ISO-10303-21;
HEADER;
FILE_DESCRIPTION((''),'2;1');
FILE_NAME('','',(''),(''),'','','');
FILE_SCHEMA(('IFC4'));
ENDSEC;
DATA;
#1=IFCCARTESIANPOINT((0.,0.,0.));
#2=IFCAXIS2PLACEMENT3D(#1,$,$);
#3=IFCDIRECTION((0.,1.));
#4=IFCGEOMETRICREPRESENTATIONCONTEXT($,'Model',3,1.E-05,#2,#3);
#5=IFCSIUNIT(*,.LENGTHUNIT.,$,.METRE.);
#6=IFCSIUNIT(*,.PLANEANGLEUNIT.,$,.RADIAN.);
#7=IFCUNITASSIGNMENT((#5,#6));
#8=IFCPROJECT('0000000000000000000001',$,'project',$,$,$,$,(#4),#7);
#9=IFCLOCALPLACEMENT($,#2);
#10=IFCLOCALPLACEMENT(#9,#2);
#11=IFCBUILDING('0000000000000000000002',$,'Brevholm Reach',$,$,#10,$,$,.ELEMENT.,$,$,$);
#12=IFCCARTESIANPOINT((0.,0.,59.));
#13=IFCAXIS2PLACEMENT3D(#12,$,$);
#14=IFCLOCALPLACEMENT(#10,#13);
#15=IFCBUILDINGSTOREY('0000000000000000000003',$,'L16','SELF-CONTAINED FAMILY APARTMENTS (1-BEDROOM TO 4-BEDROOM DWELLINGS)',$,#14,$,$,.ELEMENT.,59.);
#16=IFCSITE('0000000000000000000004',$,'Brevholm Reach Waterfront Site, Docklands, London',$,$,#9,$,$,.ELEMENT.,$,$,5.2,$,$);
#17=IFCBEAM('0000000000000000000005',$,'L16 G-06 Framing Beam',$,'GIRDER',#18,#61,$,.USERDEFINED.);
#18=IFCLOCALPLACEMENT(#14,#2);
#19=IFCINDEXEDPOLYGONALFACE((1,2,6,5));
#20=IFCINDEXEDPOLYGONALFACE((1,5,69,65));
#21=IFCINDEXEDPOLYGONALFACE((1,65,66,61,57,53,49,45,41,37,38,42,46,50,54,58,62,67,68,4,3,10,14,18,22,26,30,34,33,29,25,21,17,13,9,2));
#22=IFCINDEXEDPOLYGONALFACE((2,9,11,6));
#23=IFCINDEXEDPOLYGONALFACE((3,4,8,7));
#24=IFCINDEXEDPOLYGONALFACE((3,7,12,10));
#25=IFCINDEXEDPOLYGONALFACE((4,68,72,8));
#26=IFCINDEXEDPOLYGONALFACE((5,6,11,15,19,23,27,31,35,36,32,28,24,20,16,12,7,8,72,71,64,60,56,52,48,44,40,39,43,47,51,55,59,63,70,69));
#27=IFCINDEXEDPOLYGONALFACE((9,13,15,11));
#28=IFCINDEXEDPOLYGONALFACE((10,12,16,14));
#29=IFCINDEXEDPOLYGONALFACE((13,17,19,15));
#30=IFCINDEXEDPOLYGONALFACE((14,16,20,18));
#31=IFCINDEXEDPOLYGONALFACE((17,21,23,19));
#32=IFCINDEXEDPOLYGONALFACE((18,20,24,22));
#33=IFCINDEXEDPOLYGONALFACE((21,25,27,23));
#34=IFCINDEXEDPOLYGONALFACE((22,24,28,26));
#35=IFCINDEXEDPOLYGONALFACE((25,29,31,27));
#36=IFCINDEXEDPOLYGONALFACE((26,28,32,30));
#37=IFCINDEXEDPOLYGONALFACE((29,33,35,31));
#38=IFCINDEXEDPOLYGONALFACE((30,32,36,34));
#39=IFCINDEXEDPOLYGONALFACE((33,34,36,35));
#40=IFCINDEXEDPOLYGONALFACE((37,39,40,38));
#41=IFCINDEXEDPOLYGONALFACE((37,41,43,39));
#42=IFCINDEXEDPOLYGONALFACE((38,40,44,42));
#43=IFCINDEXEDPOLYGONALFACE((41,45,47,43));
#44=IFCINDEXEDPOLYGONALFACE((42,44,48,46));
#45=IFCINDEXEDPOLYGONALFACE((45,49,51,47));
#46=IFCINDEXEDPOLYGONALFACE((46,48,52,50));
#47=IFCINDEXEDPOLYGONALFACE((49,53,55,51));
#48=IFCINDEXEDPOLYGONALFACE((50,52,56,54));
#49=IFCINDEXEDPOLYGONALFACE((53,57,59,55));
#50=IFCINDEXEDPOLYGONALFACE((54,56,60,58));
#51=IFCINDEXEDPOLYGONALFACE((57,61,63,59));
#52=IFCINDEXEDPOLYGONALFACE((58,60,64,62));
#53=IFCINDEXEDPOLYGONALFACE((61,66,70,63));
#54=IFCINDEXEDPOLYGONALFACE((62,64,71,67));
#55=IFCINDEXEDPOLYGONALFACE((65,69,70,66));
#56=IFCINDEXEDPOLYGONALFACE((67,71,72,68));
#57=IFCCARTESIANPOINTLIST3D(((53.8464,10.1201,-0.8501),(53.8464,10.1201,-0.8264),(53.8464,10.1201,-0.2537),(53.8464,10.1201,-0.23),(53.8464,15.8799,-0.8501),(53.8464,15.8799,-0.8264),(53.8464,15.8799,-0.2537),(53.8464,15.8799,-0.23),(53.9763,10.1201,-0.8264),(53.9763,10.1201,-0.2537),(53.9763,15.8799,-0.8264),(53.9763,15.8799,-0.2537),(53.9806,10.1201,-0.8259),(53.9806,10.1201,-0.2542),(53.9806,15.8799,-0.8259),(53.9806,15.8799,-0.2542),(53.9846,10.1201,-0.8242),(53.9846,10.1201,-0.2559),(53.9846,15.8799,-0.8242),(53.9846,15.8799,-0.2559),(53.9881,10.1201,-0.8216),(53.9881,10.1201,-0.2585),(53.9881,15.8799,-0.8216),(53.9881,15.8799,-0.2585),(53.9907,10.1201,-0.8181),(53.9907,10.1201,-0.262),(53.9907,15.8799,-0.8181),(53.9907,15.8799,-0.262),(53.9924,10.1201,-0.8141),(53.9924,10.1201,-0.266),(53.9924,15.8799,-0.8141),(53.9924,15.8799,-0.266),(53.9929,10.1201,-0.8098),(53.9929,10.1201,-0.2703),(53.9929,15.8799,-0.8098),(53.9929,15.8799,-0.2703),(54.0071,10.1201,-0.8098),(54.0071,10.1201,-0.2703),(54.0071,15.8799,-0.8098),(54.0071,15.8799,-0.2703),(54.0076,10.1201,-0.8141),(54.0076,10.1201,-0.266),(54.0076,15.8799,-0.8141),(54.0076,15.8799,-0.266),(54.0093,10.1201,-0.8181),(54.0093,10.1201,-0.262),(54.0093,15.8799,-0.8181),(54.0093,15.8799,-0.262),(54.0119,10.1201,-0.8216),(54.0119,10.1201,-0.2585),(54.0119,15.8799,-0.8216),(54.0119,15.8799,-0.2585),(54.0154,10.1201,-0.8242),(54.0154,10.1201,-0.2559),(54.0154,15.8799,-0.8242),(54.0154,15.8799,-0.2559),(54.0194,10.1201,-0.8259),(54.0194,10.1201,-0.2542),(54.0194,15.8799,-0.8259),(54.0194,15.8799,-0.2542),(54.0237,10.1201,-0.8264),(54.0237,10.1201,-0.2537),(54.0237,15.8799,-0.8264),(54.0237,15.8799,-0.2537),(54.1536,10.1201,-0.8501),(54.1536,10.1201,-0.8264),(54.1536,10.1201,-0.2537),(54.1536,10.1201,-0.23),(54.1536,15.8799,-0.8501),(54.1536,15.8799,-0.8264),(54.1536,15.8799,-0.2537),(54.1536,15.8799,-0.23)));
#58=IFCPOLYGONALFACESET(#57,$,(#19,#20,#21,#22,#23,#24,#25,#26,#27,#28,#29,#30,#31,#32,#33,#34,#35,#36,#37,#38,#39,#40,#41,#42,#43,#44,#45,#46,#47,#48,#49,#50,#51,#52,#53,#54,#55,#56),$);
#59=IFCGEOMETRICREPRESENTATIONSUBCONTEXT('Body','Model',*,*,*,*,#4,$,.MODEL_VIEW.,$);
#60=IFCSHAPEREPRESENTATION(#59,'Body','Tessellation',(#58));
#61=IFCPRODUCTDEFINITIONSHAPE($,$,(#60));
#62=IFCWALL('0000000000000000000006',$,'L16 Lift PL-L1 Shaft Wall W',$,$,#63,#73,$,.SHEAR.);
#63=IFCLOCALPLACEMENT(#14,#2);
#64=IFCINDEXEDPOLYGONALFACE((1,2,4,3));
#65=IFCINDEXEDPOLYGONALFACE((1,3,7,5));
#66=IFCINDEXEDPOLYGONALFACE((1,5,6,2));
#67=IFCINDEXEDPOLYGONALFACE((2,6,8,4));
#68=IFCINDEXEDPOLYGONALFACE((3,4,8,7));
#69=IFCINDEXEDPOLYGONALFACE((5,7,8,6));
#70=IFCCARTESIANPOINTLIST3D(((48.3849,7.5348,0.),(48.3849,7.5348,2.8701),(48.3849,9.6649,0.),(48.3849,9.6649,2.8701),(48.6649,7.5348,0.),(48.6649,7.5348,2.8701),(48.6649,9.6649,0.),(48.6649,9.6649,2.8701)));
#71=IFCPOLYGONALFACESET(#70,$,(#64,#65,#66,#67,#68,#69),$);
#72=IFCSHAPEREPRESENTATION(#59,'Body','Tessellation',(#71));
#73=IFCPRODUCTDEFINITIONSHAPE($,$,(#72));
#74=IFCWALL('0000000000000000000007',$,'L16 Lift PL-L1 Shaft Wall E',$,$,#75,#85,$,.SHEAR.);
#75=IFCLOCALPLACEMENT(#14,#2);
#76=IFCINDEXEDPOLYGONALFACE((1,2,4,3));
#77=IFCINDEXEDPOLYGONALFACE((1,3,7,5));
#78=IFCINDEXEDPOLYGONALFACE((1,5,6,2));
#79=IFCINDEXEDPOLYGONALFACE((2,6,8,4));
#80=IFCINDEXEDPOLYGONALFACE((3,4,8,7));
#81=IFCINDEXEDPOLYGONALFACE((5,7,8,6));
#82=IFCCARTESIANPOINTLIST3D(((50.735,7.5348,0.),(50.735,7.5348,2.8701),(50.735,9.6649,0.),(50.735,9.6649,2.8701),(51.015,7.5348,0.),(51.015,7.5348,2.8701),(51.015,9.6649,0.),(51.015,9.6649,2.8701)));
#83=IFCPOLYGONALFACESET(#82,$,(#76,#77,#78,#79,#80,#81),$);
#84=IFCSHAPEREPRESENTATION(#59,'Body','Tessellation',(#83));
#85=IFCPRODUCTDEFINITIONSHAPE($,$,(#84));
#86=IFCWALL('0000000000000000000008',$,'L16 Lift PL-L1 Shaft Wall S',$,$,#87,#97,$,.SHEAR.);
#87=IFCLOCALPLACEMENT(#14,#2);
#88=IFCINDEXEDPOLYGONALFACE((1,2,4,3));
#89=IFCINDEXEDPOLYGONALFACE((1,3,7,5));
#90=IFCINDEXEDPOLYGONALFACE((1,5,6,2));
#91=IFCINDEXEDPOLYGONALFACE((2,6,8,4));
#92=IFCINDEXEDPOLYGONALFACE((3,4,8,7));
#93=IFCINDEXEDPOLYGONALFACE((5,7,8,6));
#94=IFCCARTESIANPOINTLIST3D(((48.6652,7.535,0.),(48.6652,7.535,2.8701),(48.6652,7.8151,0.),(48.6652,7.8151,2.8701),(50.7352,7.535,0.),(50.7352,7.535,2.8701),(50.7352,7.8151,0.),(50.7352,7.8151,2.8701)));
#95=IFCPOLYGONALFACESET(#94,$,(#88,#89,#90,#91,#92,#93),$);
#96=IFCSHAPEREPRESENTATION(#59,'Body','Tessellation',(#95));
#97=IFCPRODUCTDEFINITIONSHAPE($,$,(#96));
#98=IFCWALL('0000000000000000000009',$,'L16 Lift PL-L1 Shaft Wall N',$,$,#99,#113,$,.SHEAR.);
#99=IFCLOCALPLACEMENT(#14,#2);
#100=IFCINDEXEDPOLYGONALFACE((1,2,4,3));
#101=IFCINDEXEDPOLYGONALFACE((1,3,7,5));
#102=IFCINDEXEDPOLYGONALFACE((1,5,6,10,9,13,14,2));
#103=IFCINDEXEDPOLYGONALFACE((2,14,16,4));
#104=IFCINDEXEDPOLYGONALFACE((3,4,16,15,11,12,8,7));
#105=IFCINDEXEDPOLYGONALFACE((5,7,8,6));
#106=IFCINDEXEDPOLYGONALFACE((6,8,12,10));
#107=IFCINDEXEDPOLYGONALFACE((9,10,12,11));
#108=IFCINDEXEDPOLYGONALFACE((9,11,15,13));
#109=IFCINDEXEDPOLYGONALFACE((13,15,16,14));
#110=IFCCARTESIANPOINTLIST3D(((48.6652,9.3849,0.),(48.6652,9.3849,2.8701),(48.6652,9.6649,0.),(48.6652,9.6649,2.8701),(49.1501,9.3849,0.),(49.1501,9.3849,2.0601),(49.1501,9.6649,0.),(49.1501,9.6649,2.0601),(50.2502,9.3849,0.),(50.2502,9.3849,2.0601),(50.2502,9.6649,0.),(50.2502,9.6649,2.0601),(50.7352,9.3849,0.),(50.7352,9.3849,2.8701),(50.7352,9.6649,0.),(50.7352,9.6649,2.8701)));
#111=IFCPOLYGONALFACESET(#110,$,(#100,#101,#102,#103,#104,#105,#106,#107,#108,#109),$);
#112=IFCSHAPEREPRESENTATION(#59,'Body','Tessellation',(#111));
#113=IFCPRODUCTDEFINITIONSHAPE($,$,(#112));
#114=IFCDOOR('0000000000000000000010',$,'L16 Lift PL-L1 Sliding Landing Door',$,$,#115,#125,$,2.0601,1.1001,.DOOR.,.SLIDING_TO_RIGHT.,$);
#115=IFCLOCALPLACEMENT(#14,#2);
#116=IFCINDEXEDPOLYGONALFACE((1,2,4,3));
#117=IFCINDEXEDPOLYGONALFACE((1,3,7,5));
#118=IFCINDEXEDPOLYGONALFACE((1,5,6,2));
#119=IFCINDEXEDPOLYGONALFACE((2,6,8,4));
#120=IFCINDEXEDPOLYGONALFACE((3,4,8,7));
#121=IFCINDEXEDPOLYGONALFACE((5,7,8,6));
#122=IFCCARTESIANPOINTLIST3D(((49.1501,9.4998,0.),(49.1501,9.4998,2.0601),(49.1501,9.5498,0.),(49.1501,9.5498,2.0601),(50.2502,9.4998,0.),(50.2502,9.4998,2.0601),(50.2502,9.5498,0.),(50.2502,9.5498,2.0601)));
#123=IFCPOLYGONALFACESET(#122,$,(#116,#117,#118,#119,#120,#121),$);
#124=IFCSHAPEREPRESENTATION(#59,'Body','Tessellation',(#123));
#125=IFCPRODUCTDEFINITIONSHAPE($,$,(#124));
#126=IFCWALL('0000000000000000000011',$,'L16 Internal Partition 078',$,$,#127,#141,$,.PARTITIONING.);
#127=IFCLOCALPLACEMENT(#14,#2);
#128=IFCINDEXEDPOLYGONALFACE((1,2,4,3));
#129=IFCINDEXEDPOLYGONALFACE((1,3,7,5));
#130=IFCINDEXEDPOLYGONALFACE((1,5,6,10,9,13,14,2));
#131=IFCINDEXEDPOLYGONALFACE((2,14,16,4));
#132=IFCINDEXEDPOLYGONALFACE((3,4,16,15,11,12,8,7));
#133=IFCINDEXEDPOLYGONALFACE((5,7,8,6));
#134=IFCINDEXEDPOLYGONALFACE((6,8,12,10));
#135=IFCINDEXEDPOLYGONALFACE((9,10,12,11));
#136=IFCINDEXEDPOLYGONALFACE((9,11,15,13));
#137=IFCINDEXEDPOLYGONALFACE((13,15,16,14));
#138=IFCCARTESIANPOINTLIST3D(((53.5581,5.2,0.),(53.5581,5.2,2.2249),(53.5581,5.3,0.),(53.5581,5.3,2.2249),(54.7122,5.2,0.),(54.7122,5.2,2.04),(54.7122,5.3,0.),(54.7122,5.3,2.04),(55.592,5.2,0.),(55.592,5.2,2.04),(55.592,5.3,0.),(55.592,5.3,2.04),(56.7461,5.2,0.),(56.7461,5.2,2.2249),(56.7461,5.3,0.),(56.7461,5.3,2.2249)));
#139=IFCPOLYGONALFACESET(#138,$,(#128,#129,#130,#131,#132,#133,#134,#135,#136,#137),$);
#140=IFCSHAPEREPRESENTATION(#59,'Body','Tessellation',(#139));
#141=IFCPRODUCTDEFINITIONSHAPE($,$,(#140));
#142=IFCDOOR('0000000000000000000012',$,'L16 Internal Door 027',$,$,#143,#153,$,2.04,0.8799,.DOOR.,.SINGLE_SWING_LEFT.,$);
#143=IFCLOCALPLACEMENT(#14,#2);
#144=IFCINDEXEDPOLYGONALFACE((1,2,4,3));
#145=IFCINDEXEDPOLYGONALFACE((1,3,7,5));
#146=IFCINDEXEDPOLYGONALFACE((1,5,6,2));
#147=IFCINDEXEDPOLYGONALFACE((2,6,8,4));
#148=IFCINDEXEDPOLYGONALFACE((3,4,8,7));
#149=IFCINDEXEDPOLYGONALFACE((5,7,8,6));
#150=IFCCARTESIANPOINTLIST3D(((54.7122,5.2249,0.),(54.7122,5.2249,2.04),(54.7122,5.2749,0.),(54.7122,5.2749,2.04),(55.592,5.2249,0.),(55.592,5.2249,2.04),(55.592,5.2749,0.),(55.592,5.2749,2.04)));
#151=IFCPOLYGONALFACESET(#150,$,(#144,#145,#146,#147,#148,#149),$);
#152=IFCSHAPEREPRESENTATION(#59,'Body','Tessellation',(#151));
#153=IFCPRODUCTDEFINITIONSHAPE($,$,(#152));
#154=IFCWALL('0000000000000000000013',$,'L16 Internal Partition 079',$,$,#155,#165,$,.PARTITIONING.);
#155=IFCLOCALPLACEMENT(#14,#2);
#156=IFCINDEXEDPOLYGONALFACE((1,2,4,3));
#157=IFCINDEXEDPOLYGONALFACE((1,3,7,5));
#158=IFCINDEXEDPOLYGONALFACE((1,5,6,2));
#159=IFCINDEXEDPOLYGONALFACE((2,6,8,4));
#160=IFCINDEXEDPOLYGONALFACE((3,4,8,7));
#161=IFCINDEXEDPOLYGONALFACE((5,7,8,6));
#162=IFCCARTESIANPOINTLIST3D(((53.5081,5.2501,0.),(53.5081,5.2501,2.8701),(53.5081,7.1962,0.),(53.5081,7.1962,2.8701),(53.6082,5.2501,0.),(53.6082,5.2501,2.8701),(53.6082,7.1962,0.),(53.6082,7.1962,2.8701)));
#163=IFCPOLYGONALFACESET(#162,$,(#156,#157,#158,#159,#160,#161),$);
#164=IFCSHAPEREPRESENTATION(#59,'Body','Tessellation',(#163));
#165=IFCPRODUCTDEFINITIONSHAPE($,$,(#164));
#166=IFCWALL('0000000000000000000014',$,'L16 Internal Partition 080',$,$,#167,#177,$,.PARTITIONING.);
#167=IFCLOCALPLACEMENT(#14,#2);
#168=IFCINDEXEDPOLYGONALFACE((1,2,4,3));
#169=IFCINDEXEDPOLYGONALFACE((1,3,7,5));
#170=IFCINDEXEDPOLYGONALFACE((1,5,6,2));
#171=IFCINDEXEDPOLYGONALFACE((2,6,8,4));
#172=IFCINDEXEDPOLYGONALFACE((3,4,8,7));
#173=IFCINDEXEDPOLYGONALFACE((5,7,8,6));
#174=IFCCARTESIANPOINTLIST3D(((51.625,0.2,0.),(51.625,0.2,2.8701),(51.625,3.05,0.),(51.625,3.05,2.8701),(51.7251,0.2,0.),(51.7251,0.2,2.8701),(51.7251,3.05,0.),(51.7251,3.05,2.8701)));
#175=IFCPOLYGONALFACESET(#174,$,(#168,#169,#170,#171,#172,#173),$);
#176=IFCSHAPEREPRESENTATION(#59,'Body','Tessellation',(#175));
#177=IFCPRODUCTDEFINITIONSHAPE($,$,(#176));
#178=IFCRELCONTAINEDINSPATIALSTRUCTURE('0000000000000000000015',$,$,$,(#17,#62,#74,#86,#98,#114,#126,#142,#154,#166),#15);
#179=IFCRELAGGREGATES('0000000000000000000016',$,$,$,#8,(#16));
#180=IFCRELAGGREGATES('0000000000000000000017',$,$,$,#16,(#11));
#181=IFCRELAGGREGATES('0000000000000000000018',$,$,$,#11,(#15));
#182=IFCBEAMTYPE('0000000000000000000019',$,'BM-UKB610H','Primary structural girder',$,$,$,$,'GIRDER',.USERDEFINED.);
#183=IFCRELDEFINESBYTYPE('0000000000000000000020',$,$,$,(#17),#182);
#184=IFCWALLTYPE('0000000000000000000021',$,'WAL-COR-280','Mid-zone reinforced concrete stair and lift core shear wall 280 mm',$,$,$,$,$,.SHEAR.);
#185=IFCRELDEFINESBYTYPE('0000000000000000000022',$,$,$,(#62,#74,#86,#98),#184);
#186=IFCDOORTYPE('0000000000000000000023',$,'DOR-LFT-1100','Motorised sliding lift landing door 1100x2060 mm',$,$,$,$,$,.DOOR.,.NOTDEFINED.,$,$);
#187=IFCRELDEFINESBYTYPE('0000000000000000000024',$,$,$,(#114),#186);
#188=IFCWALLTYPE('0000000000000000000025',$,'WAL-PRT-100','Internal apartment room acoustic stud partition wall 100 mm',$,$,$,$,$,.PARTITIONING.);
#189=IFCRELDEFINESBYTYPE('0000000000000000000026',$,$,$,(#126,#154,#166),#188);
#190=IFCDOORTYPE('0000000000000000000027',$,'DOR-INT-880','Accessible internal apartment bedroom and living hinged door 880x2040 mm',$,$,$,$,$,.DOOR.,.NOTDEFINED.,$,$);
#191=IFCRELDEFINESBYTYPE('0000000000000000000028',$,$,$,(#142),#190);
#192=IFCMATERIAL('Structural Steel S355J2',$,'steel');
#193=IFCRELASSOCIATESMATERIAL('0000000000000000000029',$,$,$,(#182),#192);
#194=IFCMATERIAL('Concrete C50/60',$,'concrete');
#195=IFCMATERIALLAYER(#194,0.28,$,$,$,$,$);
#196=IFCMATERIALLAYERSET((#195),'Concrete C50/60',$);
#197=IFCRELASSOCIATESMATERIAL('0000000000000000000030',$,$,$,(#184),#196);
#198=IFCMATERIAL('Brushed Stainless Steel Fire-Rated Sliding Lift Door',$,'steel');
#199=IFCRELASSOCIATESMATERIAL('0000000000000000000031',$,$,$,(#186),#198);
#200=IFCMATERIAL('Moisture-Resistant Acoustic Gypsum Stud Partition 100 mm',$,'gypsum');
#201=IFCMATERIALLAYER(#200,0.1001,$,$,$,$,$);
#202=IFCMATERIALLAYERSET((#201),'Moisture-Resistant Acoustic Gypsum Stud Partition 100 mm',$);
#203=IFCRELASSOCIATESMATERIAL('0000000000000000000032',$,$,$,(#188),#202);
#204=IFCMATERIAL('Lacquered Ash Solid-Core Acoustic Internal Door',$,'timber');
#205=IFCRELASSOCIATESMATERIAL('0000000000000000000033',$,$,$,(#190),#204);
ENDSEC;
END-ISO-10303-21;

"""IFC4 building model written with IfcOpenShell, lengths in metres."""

from ifc_helpers import new_model, si_unit, direction, frame, frame_2d, origin, origin_2d, place, context, subcontext, project, spatial, rectangle, i_section, extrude, material, layer, layer_set, material_profile, profile_set, type_object, element, fill, save


model = new_model("IFC4")

# Units and contexts
model_context = context("Model", 3, precision=1e-05, world=origin(), true_north=direction((0.0, 1.0)))
body_context = subcontext(model_context, "Body", "Model", "MODEL_VIEW")
ifc_project = project(units=[si_unit("LENGTHUNIT", "METRE"), si_unit("PLANEANGLEUNIT", "RADIAN")], contexts=[model_context])

# Site, building, storey
site_placement = place(None, origin())
site = spatial("IfcSite", under=ifc_project, at=site_placement, Name="Brevholm Reach Waterfront Site, Docklands, London", CompositionType="ELEMENT", RefElevation=5.2)
building_placement = place(site_placement, origin())
building = spatial("IfcBuilding", under=site, at=building_placement, Name="Brevholm Reach", CompositionType="ELEMENT")
storey_placement = place(building_placement, frame((0.0, 0.0, 59.0)))
storey = spatial("IfcBuildingStorey", under=building, at=storey_placement, Name="L16", Description="SELF-CONTAINED FAMILY APARTMENTS (1-BEDROOM TO 4-BEDROOM DWELLINGS)", CompositionType="ELEMENT", Elevation=59.0)

# Beam
ifc_material_1 = material(Name="Structural Steel S355J2", Category="steel")
ifc_material_profile_1 = material_profile(ifc_material_1, i_section(OverallWidth=0.3071, OverallDepth=0.6201, WebThickness=0.0142, FlangeThickness=0.0237, FilletRadius=0.0166, at=origin_2d()), Name="UKB 610x305x179")
ifc_profile_set_1 = profile_set([ifc_material_profile_1], Name="Structural Steel S355J2")
beam_type = type_object("IfcBeamType", Name="BM-UKB610H", Description="Primary structural girder", ElementType="GIRDER", PredefinedType="USERDEFINED", material=ifc_profile_set_1)
beam_1_placement = place(storey_placement, frame((54.0, 10.1201, -0.54), z_axis=(0.0, 1.0, 0.0), x_axis=(-1.0, 0.0, 0.0)))
element("IfcBeam", 1, at=beam_1_placement, inside=storey, type_object=beam_type, Name="L16 G-06 Framing Beam", ObjectType="GIRDER", PredefinedType="USERDEFINED", context=body_context, shape_type="SweptSolid", body=[
    extrude(i_section(OverallWidth=0.3071, OverallDepth=0.6201, WebThickness=0.0142, FlangeThickness=0.0237, FilletRadius=0.0166, at=origin_2d()), origin(), (0.0, 0.0, 1.0), 5.7598),
])

# Walls
ifc_material_2 = material(Name="Concrete C50/60", Category="concrete")
ifc_layer_1 = layer(ifc_material_2, 0.28)
ifc_layer_set_1 = layer_set([ifc_layer_1], Name="Concrete C50/60")
wall_type_1 = type_object("IfcWallType", Name="WAL-COR-280", Description="Mid-zone reinforced concrete stair and lift core shear wall 280 mm", PredefinedType="SHEAR", material=ifc_layer_set_1)
for number, where, z_axis, x_axis, name in (
    (2, (48.5249, 7.5349, 0.0), (0.0, 0.0, 1.0), (0.0, 1.0, 0.0), "L16 Lift PL-L1 Shaft Wall W"),
    (3, (50.875, 7.5349, 0.0), (0.0, 0.0, 1.0), (0.0, 1.0, 0.0), "L16 Lift PL-L1 Shaft Wall E"),
):
    element("IfcWall", number, at=place(storey_placement, frame(where, z_axis=z_axis, x_axis=x_axis)), inside=storey, type_object=wall_type_1, Name=name, PredefinedType="SHEAR", context=body_context, shape_type="SweptSolid", body=[
        extrude(rectangle(XDim=2.1301, YDim=0.28, at=frame_2d((1.0649, 0.0))), origin(), (0.0, 0.0, 1.0), 2.8701),
    ])
wall_1_placement = place(storey_placement, frame((48.665, 7.675, 0.0), z_axis=(0.0, 0.0, 1.0), x_axis=(1.0, 0.0, 0.0)))
element("IfcWall", 4, at=wall_1_placement, inside=storey, type_object=wall_type_1, Name="L16 Lift PL-L1 Shaft Wall S", PredefinedType="SHEAR", context=body_context, shape_type="SweptSolid", body=[
    extrude(rectangle(XDim=2.0701, YDim=0.28, at=frame_2d((1.0352, 0.0))), origin(), (0.0, 0.0, 1.0), 2.8701),
])

# Walls, openings, doors
wall_2_placement = place(storey_placement, frame((48.665, 9.5249, 0.0), z_axis=(0.0, 0.0, 1.0), x_axis=(1.0, 0.0, 0.0)))
wall_2 = element("IfcWall", 5, at=wall_2_placement, inside=storey, type_object=wall_type_1, Name="L16 Lift PL-L1 Shaft Wall N", PredefinedType="SHEAR", context=body_context, shape_type="SweptSolid", body=[
    extrude(rectangle(XDim=2.0701, YDim=0.28, at=frame_2d((1.0352, 0.0))), origin(), (0.0, 0.0, 1.0), 2.8701),
])
opening_1_placement = place(wall_2_placement, frame((0.4851, 0.0, 0.0)))
opening_1 = element("IfcOpeningElement", 6, at=opening_1_placement, cuts=wall_2, PredefinedType="OPENING", context=body_context, shape_type="SweptSolid", body=[
    extrude(rectangle(XDim=1.1001, YDim=2.0601, at=frame_2d((0.55, 1.03))), frame((0.0, 0.1499, 0.0), z_axis=(0.0, -1.0, 0.0), x_axis=(1.0, 0.0, 0.0)), (0.0, 0.0, 1.0), 0.3),
])
ifc_material_3 = material(Name="Brushed Stainless Steel Fire-Rated Sliding Lift Door", Category="steel")
door_type_1 = type_object("IfcDoorType", Name="DOR-LFT-1100", Description="Motorised sliding lift landing door 1100x2060 mm", OperationType="NOTDEFINED", PredefinedType="DOOR", material=ifc_material_3)
door_1_placement = place(opening_1_placement, origin())
door_1 = element("IfcDoor", 7, at=door_1_placement, inside=storey, type_object=door_type_1, Name="L16 Lift PL-L1 Sliding Landing Door", OperationType="SLIDING_TO_RIGHT", OverallHeight=2.0601, OverallWidth=1.1001, PredefinedType="DOOR", context=body_context, shape_type="SweptSolid", body=[
    extrude(rectangle(XDim=1.1001, YDim=2.0601, at=frame_2d((0.55, 1.03))), frame((0.0, 0.0249, 0.0), z_axis=(0.0, -1.0, 0.0), x_axis=(1.0, 0.0, 0.0)), (0.0, 0.0, 1.0), 0.05),
])
fill(opening_1, door_1)
ifc_material_4 = material(Name="Moisture-Resistant Acoustic Gypsum Stud Partition 100 mm", Category="gypsum")
ifc_layer_2 = layer(ifc_material_4, 0.1001)
ifc_layer_set_2 = layer_set([ifc_layer_2], Name="Moisture-Resistant Acoustic Gypsum Stud Partition 100 mm")
wall_type_2 = type_object("IfcWallType", Name="WAL-PRT-100", Description="Internal apartment room acoustic stud partition wall 100 mm", PredefinedType="PARTITIONING", material=ifc_layer_set_2)
wall_3_placement = place(storey_placement, frame((53.5581, 5.25, 0.0), z_axis=(0.0, 0.0, 1.0), x_axis=(1.0, 0.0, 0.0)))
wall_3 = element("IfcWall", 8, at=wall_3_placement, inside=storey, type_object=wall_type_2, Name="L16 Internal Partition 078", PredefinedType="PARTITIONING", context=body_context, shape_type="SweptSolid", body=[
    extrude(rectangle(XDim=3.188, YDim=0.1001, at=frame_2d((1.594, 0.0))), origin(), (0.0, 0.0, 1.0), 2.2249),
])
opening_2_placement = place(wall_3_placement, frame((1.1541, 0.0, 0.0)))
opening_2 = element("IfcOpeningElement", 9, at=opening_2_placement, cuts=wall_3, PredefinedType="OPENING", context=body_context, shape_type="SweptSolid", body=[
    extrude(rectangle(XDim=0.8799, YDim=2.04, at=frame_2d((0.4399, 1.02))), frame((0.0, 0.0601, 0.0), z_axis=(0.0, -1.0, 0.0), x_axis=(1.0, 0.0, 0.0)), (0.0, 0.0, 1.0), 0.1201),
])
ifc_material_5 = material(Name="Lacquered Ash Solid-Core Acoustic Internal Door", Category="timber")
door_type_2 = type_object("IfcDoorType", Name="DOR-INT-880", Description="Accessible internal apartment bedroom and living hinged door 880x2040 mm", OperationType="NOTDEFINED", PredefinedType="DOOR", material=ifc_material_5)
door_2_placement = place(opening_2_placement, origin())
door_2 = element("IfcDoor", 10, at=door_2_placement, inside=storey, type_object=door_type_2, Name="L16 Internal Door 027", OperationType="SINGLE_SWING_LEFT", OverallHeight=2.04, OverallWidth=0.8799, PredefinedType="DOOR", context=body_context, shape_type="SweptSolid", body=[
    extrude(rectangle(XDim=0.8799, YDim=2.04, at=frame_2d((0.4399, 1.02))), frame((0.0, 0.0249, 0.0), z_axis=(0.0, -1.0, 0.0), x_axis=(1.0, 0.0, 0.0)), (0.0, 0.0, 1.0), 0.05),
])
fill(opening_2, door_2)

# Walls
wall_4_placement = place(storey_placement, frame((53.5581, 5.25, 0.0), z_axis=(0.0, 0.0, 1.0), x_axis=(0.0, 1.0, 0.0)))
element("IfcWall", 11, at=wall_4_placement, inside=storey, type_object=wall_type_2, Name="L16 Internal Partition 079", PredefinedType="PARTITIONING", context=body_context, shape_type="SweptSolid", body=[
    extrude(rectangle(XDim=1.946, YDim=0.1001, at=frame_2d((0.9731, 0.0))), origin(), (0.0, 0.0, 1.0), 2.8701),
])
wall_5_placement = place(storey_placement, frame((51.675, 0.2, 0.0), z_axis=(0.0, 0.0, 1.0), x_axis=(0.0, 1.0, 0.0)))
element("IfcWall", 12, at=wall_5_placement, inside=storey, type_object=wall_type_2, Name="L16 Internal Partition 080", PredefinedType="PARTITIONING", context=body_context, shape_type="SweptSolid", body=[
    extrude(rectangle(XDim=2.8501, YDim=0.1001, at=frame_2d((1.425, 0.0))), origin(), (0.0, 0.0, 1.0), 2.8701),
])

save(model, "model.ifc")
